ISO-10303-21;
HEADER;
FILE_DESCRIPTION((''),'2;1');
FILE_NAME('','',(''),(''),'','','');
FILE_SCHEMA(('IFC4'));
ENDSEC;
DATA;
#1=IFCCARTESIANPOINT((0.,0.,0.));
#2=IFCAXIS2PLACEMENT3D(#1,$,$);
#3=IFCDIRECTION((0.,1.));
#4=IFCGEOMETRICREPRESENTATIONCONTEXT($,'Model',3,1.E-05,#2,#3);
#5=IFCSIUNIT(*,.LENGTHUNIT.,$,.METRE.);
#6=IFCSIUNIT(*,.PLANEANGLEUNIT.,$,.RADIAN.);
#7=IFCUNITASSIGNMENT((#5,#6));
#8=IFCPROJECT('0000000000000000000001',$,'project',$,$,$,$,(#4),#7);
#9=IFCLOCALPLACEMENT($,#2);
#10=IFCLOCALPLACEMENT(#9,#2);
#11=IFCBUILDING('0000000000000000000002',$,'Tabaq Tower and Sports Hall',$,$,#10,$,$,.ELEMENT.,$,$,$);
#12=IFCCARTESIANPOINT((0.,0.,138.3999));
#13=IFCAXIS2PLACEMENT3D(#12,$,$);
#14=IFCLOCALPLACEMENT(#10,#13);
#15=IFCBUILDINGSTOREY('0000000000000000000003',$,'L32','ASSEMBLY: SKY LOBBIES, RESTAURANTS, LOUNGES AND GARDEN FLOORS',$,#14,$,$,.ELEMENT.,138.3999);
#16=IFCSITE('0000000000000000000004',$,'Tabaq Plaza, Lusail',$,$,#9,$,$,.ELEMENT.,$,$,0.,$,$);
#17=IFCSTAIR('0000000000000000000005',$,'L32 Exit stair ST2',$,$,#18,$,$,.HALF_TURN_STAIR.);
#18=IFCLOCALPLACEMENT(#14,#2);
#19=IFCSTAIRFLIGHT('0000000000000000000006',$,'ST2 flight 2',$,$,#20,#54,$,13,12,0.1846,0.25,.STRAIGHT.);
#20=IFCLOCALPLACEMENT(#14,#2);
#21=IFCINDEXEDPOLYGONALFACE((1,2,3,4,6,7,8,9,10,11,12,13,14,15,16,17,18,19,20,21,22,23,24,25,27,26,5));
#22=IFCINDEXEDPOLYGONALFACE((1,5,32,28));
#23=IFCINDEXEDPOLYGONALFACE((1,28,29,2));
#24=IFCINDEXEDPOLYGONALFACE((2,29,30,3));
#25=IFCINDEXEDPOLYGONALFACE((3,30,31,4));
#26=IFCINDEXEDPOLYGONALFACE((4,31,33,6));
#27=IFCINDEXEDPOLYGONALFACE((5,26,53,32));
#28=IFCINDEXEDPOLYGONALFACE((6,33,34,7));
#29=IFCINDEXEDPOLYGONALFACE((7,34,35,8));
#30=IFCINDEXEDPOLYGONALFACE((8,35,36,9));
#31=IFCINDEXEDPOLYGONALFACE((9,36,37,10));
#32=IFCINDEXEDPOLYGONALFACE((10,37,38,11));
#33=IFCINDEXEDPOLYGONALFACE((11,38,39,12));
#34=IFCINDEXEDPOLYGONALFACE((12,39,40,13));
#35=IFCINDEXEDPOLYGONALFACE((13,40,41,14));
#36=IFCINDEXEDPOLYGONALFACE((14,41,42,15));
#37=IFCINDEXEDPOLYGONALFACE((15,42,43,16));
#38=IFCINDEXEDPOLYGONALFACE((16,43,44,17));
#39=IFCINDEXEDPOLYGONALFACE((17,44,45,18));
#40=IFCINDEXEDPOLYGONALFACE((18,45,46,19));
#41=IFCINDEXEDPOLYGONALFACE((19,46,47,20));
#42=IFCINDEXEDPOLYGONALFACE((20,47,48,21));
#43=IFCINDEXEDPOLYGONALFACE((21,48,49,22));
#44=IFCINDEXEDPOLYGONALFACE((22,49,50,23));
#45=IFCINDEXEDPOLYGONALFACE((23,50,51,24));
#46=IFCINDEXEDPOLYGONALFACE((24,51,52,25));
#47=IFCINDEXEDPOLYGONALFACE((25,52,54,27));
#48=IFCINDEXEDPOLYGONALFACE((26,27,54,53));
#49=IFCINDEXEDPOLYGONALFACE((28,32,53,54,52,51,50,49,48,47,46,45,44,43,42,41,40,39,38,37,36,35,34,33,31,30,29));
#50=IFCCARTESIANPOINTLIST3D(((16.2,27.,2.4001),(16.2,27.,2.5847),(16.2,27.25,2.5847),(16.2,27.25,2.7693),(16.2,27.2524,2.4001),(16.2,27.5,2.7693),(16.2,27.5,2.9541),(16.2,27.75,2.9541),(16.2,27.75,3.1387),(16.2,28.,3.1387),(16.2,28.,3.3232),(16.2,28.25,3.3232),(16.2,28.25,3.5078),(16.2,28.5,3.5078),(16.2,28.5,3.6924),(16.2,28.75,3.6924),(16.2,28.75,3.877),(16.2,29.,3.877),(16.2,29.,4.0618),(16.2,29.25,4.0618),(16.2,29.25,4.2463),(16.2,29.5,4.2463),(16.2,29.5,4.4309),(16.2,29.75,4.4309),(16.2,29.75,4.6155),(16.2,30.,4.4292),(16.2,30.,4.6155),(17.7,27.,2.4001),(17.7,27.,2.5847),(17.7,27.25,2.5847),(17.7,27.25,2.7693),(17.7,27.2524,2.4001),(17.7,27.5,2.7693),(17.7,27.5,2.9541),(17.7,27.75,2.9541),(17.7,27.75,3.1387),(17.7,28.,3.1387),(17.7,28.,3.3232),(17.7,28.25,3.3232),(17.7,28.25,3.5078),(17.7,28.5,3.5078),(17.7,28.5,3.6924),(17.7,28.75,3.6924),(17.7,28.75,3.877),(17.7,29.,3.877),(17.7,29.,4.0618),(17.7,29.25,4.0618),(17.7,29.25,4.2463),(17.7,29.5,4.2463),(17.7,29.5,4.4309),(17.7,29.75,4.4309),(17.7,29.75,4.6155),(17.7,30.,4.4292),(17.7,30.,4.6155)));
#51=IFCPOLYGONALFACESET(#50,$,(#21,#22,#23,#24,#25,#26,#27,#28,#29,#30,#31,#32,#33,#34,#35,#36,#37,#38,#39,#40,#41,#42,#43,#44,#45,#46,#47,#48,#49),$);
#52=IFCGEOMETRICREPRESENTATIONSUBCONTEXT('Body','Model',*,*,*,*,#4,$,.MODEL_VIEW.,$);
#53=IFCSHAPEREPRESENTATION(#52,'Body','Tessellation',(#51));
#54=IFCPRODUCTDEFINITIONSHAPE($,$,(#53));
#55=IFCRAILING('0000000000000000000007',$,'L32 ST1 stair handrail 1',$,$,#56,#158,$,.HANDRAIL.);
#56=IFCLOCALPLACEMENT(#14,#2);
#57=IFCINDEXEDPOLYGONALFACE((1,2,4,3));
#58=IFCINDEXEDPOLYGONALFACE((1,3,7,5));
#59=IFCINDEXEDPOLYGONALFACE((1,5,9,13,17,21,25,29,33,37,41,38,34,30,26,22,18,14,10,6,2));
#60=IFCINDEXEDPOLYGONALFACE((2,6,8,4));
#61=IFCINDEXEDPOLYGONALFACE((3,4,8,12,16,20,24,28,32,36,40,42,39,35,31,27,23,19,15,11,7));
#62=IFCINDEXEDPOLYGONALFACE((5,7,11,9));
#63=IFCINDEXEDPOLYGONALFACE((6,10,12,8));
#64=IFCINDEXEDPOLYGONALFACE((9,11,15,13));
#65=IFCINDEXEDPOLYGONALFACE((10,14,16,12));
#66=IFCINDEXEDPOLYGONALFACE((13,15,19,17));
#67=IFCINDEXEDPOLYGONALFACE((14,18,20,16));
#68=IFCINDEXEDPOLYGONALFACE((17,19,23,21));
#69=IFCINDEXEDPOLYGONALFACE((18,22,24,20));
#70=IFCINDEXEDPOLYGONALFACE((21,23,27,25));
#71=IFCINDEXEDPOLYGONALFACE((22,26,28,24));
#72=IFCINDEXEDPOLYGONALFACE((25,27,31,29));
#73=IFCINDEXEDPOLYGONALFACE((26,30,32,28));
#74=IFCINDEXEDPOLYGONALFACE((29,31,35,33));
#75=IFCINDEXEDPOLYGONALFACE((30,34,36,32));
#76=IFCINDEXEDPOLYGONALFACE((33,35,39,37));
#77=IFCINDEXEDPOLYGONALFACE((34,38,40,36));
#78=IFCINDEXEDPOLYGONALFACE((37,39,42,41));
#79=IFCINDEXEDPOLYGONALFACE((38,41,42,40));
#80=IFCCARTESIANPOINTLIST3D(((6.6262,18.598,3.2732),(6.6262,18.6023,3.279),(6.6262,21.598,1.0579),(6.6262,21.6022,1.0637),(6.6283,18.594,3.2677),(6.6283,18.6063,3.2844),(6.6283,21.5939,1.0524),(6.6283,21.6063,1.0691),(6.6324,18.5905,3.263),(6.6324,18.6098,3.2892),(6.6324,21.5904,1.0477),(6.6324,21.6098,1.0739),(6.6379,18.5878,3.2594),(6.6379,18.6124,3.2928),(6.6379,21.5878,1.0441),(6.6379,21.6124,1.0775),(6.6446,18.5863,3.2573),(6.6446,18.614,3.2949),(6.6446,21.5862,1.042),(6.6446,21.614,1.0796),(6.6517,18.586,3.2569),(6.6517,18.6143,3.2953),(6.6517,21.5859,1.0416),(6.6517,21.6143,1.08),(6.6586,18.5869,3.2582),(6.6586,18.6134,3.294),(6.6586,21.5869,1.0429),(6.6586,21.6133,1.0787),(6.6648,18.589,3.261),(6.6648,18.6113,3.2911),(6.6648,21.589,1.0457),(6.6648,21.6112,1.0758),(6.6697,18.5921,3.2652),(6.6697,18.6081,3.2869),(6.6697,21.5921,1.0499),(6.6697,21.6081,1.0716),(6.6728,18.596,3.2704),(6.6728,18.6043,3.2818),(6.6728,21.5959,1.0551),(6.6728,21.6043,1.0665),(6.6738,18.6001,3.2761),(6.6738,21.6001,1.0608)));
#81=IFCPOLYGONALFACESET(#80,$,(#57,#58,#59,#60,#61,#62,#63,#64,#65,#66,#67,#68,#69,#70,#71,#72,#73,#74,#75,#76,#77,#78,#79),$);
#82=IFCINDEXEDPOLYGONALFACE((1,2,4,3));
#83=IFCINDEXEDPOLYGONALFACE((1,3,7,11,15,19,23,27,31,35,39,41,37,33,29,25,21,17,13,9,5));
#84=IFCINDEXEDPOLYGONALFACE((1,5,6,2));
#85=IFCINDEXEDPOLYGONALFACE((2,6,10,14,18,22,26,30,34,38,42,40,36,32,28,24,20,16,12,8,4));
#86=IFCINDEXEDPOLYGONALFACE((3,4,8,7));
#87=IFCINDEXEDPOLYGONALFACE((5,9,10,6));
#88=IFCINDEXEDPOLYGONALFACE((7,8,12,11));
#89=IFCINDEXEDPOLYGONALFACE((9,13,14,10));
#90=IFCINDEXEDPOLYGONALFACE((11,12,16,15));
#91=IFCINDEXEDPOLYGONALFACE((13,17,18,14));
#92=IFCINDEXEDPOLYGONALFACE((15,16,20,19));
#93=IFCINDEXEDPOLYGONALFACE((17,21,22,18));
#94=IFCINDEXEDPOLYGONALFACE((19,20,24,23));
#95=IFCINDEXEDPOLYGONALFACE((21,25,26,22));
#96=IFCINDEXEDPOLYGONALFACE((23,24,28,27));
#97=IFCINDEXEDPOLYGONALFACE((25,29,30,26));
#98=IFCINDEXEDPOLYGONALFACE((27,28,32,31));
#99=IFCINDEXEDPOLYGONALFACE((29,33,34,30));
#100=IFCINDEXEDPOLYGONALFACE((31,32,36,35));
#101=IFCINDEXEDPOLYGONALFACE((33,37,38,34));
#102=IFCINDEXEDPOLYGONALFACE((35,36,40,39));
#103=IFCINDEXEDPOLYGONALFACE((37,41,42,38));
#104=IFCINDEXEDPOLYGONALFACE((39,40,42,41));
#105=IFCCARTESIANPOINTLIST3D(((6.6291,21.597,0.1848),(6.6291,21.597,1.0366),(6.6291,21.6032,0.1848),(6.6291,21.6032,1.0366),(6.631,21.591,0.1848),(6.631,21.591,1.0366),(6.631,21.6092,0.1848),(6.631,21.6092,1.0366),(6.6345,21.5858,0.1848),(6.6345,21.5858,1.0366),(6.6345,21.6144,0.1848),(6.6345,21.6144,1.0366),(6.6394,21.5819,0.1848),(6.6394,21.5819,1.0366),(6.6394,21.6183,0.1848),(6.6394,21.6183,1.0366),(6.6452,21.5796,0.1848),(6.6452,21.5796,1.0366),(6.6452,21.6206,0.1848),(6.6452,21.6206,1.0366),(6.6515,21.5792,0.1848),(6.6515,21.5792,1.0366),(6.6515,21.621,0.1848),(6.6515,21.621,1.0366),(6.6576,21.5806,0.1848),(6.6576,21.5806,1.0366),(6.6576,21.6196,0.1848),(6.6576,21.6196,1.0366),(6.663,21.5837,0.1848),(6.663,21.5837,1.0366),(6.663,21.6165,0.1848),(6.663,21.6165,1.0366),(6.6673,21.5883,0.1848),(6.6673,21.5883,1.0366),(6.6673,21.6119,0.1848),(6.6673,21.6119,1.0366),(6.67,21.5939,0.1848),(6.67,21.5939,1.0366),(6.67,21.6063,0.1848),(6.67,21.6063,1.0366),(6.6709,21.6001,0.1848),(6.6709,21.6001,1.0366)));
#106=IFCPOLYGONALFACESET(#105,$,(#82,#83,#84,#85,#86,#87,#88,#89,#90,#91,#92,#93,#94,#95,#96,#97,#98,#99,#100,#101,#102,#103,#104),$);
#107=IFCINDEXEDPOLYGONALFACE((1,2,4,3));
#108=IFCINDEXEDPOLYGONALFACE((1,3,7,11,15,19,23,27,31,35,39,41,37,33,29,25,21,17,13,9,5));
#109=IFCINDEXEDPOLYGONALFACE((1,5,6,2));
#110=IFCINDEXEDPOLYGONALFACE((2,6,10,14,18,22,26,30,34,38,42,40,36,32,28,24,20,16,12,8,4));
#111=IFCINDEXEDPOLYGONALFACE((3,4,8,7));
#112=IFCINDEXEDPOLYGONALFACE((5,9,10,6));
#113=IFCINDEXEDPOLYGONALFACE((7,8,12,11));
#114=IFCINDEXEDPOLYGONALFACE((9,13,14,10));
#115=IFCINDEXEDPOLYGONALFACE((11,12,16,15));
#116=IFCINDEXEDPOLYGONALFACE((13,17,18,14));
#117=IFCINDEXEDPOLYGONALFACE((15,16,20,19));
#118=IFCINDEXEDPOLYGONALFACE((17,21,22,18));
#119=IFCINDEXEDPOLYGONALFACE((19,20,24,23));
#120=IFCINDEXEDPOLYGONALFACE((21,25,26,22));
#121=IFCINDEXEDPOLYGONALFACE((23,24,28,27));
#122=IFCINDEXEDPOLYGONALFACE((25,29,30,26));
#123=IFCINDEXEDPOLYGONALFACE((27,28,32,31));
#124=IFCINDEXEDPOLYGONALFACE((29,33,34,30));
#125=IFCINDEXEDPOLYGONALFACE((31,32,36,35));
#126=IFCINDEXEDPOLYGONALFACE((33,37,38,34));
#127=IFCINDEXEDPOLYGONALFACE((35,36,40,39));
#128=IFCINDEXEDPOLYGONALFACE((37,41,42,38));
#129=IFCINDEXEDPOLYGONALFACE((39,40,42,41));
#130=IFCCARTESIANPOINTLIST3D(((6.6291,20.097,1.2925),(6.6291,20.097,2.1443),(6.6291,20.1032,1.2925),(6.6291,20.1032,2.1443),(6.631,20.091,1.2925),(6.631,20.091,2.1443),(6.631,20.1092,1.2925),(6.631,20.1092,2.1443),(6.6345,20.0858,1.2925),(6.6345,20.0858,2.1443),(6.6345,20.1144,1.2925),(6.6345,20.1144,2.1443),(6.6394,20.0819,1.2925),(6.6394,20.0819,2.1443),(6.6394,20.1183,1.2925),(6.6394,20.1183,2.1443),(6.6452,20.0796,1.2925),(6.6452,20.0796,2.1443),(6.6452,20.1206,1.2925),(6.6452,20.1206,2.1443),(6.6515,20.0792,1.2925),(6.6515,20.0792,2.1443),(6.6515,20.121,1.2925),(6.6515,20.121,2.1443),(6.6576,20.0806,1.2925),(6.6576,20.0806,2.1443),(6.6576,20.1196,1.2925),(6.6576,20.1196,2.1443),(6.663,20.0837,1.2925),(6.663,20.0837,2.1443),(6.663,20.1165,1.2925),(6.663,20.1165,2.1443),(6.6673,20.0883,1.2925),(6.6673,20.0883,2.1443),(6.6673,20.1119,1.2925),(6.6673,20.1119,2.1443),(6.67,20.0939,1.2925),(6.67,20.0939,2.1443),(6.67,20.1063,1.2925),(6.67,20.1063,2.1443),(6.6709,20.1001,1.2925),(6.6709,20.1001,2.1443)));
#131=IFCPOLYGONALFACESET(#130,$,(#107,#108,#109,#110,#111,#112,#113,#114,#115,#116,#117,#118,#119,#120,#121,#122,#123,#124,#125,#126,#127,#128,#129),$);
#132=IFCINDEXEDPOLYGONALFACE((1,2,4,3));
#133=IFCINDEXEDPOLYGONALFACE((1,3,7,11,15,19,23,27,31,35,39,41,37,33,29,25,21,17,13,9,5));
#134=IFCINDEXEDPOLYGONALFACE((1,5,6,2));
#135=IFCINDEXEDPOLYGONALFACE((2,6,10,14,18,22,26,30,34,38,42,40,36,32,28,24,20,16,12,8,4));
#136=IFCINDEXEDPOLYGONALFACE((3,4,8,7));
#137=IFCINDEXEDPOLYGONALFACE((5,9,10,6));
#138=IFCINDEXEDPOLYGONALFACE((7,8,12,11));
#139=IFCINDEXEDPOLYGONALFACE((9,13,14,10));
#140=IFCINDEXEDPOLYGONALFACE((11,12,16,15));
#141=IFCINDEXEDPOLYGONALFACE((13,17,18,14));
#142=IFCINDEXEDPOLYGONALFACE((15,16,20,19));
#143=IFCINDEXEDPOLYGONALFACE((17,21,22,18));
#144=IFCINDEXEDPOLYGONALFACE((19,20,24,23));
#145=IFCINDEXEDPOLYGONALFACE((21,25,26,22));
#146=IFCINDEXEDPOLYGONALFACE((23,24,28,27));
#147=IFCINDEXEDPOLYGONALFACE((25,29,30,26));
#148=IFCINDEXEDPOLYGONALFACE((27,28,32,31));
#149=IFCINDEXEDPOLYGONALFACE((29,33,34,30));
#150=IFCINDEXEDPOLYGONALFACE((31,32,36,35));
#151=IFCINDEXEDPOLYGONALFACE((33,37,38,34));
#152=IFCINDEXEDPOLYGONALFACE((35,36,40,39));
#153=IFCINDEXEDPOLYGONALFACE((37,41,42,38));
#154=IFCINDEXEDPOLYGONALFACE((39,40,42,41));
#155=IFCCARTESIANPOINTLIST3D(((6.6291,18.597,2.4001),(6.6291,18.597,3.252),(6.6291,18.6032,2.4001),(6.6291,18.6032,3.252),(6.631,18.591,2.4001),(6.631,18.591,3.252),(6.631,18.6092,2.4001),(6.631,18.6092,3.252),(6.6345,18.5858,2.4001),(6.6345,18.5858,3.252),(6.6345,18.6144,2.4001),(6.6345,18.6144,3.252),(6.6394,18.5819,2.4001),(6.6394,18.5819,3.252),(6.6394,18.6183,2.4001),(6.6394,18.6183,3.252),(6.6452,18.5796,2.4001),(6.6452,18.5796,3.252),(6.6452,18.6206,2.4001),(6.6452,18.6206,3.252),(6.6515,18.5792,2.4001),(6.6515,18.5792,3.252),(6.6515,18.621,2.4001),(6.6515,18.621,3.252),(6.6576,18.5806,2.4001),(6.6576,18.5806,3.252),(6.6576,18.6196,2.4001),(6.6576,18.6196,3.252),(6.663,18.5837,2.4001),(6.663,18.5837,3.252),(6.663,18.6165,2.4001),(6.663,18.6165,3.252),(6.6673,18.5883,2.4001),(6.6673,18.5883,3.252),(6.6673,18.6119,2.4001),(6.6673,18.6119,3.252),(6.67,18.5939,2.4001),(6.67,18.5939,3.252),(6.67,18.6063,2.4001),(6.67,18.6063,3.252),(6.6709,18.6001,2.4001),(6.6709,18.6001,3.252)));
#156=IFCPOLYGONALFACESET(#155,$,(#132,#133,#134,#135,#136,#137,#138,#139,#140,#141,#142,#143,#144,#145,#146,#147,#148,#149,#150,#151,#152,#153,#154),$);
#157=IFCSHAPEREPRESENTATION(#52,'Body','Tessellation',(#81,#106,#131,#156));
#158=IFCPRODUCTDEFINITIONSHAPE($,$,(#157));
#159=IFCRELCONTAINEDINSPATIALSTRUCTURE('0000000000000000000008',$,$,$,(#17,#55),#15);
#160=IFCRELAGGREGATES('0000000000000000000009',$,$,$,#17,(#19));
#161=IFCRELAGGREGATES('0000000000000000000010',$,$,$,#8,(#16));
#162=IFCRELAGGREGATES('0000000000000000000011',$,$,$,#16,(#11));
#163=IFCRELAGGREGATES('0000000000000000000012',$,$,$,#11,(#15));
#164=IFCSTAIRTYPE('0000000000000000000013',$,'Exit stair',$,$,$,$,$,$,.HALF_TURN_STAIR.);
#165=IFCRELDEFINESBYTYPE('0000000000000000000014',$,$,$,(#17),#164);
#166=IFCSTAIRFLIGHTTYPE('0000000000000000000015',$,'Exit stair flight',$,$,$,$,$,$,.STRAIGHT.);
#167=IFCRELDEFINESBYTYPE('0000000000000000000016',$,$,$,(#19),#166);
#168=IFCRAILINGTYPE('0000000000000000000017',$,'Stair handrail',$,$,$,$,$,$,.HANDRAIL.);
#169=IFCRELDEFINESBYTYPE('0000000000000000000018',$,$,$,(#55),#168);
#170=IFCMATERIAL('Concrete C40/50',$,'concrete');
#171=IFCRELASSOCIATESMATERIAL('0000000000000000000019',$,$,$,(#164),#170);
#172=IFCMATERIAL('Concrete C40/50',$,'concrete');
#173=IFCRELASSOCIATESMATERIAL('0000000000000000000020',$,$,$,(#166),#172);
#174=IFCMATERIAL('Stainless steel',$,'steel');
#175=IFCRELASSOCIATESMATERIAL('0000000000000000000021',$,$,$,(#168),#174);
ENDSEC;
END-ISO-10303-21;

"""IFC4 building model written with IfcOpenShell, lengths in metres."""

from ifc_helpers import new_model, si_unit, direction, frame, origin, origin_2d, place, context, subcontext, project, spatial, polyline, circle, outline, extrude, material, type_object, element, aggregate, save


model = new_model("IFC4")

# Units and contexts
model_context = context("Model", 3, precision=1e-05, world=origin(), true_north=direction((0.0, 1.0)))
body_context = subcontext(model_context, "Body", "Model", "MODEL_VIEW")
ifc_project = project(units=[si_unit("LENGTHUNIT", "METRE"), si_unit("PLANEANGLEUNIT", "RADIAN")], contexts=[model_context])

# Site, building, storey
site_placement = place(None, origin())
site = spatial("IfcSite", under=ifc_project, at=site_placement, Name="Tabaq Plaza, Lusail", CompositionType="ELEMENT", RefElevation=0.0)
building_placement = place(site_placement, origin())
building = spatial("IfcBuilding", under=site, at=building_placement, Name="Tabaq Tower and Sports Hall", CompositionType="ELEMENT")
storey_placement = place(building_placement, frame((0.0, 0.0, 138.3999)))
storey = spatial("IfcBuildingStorey", under=building, at=storey_placement, Name="L32", Description="ASSEMBLY: SKY LOBBIES, RESTAURANTS, LOUNGES AND GARDEN FLOORS", CompositionType="ELEMENT", Elevation=138.3999)

# Shared definitions
ifc_material_1 = material(Name="Concrete C40/50", Category="concrete")
stair_type = type_object("IfcStairType", Name="Exit stair", PredefinedType="HALF_TURN_STAIR", material=ifc_material_1)
ifc_material_2 = material(Name="Concrete C40/50", Category="concrete")
stair_flight_type = type_object("IfcStairFlightType", Name="Exit stair flight", PredefinedType="STRAIGHT", material=ifc_material_2)

# Stair, stair flight
stair_1_placement = place(storey_placement, origin())
stair_1 = element("IfcStair", 1, at=stair_1_placement, inside=storey, type_object=stair_type, Name="L32 Exit stair ST2", PredefinedType="HALF_TURN_STAIR")
stair_flight_1_placement = place(storey_placement, frame((16.95, 27.0, 2.4001), z_axis=(0.0, 0.0, 1.0), x_axis=(0.0, 1.0, 0.0)))
stair_flight_1 = element("IfcStairFlight", 2, at=stair_flight_1_placement, type_object=stair_flight_type, Name="ST2 flight 2", NumberOfRisers=13, NumberOfTreads=12, PredefinedType="STRAIGHT", RiserHeight=0.1846, TreadLength=0.25, context=body_context, shape_type="SweptSolid", body=[
    extrude(outline(polyline([(0.0, 0.0), (0.0, 0.1846), (0.25, 0.1846), (0.25, 0.3691), (0.5, 0.3691), (0.5, 0.554), (0.75, 0.554), (0.75, 0.7385), (1.0, 0.7385), (1.0, 0.9231), (1.25, 0.9231), (1.25, 1.1077), (1.5, 1.1077), (1.5, 1.2922), (1.75, 1.2922), (1.75, 1.4768), (2.0, 1.4768), (2.0, 1.6616), (2.25, 1.6616), (2.25, 1.8462), (2.5, 1.8462), (2.5, 2.0308), (2.75, 2.0308), (2.75, 2.2153), (3.0, 2.2153), (3.0, 2.3999), (3.0, 2.0291), (0.2524, 0.0), (0.0, 0.0)])), frame((0.0, 0.75, 0.0), z_axis=(0.0, -1.0, 0.0), x_axis=(1.0, 0.0, 0.0)), (0.0, 0.0, 1.0), 1.5),
])
aggregate(stair_1, [stair_flight_1])

# Railing
ifc_material_3 = material(Name="Stainless steel", Category="steel")
railing_type_1 = type_object("IfcRailingType", Name="Stair handrail", PredefinedType="HANDRAIL", material=ifc_material_3)
for number, where, name in (
    (3, (6.6499, 21.6001, 0.1848), "L32 ST1 stair handrail 1"),
):
    element("IfcRailing", number, at=place(storey_placement, frame(where)), inside=storey, type_object=railing_type_1, Name=name, PredefinedType="HANDRAIL", context=body_context, shape_type="SweptSolid", body=[
        extrude(circle(Radius=0.0239, at=origin_2d()), frame((0.0, 0.0, 0.876), z_axis=(0.0, -0.80444, 0.594034), x_axis=(1.0, 0.0, 0.0)), (0.0, 0.0, 1.0), 3.7292),
        extrude(circle(Radius=0.021, at=origin_2d()), origin(), (0.0, 0.0, 1.0), 0.8518),
        extrude(circle(Radius=0.021, at=origin_2d()), frame((0.0, -1.5, 1.1077)), (0.0, 0.0, 1.0), 0.8518),
        extrude(circle(Radius=0.021, at=origin_2d()), frame((0.0, -3.0, 2.2153)), (0.0, 0.0, 1.0), 0.8518),
    ])

save(model, "model.ifc")
